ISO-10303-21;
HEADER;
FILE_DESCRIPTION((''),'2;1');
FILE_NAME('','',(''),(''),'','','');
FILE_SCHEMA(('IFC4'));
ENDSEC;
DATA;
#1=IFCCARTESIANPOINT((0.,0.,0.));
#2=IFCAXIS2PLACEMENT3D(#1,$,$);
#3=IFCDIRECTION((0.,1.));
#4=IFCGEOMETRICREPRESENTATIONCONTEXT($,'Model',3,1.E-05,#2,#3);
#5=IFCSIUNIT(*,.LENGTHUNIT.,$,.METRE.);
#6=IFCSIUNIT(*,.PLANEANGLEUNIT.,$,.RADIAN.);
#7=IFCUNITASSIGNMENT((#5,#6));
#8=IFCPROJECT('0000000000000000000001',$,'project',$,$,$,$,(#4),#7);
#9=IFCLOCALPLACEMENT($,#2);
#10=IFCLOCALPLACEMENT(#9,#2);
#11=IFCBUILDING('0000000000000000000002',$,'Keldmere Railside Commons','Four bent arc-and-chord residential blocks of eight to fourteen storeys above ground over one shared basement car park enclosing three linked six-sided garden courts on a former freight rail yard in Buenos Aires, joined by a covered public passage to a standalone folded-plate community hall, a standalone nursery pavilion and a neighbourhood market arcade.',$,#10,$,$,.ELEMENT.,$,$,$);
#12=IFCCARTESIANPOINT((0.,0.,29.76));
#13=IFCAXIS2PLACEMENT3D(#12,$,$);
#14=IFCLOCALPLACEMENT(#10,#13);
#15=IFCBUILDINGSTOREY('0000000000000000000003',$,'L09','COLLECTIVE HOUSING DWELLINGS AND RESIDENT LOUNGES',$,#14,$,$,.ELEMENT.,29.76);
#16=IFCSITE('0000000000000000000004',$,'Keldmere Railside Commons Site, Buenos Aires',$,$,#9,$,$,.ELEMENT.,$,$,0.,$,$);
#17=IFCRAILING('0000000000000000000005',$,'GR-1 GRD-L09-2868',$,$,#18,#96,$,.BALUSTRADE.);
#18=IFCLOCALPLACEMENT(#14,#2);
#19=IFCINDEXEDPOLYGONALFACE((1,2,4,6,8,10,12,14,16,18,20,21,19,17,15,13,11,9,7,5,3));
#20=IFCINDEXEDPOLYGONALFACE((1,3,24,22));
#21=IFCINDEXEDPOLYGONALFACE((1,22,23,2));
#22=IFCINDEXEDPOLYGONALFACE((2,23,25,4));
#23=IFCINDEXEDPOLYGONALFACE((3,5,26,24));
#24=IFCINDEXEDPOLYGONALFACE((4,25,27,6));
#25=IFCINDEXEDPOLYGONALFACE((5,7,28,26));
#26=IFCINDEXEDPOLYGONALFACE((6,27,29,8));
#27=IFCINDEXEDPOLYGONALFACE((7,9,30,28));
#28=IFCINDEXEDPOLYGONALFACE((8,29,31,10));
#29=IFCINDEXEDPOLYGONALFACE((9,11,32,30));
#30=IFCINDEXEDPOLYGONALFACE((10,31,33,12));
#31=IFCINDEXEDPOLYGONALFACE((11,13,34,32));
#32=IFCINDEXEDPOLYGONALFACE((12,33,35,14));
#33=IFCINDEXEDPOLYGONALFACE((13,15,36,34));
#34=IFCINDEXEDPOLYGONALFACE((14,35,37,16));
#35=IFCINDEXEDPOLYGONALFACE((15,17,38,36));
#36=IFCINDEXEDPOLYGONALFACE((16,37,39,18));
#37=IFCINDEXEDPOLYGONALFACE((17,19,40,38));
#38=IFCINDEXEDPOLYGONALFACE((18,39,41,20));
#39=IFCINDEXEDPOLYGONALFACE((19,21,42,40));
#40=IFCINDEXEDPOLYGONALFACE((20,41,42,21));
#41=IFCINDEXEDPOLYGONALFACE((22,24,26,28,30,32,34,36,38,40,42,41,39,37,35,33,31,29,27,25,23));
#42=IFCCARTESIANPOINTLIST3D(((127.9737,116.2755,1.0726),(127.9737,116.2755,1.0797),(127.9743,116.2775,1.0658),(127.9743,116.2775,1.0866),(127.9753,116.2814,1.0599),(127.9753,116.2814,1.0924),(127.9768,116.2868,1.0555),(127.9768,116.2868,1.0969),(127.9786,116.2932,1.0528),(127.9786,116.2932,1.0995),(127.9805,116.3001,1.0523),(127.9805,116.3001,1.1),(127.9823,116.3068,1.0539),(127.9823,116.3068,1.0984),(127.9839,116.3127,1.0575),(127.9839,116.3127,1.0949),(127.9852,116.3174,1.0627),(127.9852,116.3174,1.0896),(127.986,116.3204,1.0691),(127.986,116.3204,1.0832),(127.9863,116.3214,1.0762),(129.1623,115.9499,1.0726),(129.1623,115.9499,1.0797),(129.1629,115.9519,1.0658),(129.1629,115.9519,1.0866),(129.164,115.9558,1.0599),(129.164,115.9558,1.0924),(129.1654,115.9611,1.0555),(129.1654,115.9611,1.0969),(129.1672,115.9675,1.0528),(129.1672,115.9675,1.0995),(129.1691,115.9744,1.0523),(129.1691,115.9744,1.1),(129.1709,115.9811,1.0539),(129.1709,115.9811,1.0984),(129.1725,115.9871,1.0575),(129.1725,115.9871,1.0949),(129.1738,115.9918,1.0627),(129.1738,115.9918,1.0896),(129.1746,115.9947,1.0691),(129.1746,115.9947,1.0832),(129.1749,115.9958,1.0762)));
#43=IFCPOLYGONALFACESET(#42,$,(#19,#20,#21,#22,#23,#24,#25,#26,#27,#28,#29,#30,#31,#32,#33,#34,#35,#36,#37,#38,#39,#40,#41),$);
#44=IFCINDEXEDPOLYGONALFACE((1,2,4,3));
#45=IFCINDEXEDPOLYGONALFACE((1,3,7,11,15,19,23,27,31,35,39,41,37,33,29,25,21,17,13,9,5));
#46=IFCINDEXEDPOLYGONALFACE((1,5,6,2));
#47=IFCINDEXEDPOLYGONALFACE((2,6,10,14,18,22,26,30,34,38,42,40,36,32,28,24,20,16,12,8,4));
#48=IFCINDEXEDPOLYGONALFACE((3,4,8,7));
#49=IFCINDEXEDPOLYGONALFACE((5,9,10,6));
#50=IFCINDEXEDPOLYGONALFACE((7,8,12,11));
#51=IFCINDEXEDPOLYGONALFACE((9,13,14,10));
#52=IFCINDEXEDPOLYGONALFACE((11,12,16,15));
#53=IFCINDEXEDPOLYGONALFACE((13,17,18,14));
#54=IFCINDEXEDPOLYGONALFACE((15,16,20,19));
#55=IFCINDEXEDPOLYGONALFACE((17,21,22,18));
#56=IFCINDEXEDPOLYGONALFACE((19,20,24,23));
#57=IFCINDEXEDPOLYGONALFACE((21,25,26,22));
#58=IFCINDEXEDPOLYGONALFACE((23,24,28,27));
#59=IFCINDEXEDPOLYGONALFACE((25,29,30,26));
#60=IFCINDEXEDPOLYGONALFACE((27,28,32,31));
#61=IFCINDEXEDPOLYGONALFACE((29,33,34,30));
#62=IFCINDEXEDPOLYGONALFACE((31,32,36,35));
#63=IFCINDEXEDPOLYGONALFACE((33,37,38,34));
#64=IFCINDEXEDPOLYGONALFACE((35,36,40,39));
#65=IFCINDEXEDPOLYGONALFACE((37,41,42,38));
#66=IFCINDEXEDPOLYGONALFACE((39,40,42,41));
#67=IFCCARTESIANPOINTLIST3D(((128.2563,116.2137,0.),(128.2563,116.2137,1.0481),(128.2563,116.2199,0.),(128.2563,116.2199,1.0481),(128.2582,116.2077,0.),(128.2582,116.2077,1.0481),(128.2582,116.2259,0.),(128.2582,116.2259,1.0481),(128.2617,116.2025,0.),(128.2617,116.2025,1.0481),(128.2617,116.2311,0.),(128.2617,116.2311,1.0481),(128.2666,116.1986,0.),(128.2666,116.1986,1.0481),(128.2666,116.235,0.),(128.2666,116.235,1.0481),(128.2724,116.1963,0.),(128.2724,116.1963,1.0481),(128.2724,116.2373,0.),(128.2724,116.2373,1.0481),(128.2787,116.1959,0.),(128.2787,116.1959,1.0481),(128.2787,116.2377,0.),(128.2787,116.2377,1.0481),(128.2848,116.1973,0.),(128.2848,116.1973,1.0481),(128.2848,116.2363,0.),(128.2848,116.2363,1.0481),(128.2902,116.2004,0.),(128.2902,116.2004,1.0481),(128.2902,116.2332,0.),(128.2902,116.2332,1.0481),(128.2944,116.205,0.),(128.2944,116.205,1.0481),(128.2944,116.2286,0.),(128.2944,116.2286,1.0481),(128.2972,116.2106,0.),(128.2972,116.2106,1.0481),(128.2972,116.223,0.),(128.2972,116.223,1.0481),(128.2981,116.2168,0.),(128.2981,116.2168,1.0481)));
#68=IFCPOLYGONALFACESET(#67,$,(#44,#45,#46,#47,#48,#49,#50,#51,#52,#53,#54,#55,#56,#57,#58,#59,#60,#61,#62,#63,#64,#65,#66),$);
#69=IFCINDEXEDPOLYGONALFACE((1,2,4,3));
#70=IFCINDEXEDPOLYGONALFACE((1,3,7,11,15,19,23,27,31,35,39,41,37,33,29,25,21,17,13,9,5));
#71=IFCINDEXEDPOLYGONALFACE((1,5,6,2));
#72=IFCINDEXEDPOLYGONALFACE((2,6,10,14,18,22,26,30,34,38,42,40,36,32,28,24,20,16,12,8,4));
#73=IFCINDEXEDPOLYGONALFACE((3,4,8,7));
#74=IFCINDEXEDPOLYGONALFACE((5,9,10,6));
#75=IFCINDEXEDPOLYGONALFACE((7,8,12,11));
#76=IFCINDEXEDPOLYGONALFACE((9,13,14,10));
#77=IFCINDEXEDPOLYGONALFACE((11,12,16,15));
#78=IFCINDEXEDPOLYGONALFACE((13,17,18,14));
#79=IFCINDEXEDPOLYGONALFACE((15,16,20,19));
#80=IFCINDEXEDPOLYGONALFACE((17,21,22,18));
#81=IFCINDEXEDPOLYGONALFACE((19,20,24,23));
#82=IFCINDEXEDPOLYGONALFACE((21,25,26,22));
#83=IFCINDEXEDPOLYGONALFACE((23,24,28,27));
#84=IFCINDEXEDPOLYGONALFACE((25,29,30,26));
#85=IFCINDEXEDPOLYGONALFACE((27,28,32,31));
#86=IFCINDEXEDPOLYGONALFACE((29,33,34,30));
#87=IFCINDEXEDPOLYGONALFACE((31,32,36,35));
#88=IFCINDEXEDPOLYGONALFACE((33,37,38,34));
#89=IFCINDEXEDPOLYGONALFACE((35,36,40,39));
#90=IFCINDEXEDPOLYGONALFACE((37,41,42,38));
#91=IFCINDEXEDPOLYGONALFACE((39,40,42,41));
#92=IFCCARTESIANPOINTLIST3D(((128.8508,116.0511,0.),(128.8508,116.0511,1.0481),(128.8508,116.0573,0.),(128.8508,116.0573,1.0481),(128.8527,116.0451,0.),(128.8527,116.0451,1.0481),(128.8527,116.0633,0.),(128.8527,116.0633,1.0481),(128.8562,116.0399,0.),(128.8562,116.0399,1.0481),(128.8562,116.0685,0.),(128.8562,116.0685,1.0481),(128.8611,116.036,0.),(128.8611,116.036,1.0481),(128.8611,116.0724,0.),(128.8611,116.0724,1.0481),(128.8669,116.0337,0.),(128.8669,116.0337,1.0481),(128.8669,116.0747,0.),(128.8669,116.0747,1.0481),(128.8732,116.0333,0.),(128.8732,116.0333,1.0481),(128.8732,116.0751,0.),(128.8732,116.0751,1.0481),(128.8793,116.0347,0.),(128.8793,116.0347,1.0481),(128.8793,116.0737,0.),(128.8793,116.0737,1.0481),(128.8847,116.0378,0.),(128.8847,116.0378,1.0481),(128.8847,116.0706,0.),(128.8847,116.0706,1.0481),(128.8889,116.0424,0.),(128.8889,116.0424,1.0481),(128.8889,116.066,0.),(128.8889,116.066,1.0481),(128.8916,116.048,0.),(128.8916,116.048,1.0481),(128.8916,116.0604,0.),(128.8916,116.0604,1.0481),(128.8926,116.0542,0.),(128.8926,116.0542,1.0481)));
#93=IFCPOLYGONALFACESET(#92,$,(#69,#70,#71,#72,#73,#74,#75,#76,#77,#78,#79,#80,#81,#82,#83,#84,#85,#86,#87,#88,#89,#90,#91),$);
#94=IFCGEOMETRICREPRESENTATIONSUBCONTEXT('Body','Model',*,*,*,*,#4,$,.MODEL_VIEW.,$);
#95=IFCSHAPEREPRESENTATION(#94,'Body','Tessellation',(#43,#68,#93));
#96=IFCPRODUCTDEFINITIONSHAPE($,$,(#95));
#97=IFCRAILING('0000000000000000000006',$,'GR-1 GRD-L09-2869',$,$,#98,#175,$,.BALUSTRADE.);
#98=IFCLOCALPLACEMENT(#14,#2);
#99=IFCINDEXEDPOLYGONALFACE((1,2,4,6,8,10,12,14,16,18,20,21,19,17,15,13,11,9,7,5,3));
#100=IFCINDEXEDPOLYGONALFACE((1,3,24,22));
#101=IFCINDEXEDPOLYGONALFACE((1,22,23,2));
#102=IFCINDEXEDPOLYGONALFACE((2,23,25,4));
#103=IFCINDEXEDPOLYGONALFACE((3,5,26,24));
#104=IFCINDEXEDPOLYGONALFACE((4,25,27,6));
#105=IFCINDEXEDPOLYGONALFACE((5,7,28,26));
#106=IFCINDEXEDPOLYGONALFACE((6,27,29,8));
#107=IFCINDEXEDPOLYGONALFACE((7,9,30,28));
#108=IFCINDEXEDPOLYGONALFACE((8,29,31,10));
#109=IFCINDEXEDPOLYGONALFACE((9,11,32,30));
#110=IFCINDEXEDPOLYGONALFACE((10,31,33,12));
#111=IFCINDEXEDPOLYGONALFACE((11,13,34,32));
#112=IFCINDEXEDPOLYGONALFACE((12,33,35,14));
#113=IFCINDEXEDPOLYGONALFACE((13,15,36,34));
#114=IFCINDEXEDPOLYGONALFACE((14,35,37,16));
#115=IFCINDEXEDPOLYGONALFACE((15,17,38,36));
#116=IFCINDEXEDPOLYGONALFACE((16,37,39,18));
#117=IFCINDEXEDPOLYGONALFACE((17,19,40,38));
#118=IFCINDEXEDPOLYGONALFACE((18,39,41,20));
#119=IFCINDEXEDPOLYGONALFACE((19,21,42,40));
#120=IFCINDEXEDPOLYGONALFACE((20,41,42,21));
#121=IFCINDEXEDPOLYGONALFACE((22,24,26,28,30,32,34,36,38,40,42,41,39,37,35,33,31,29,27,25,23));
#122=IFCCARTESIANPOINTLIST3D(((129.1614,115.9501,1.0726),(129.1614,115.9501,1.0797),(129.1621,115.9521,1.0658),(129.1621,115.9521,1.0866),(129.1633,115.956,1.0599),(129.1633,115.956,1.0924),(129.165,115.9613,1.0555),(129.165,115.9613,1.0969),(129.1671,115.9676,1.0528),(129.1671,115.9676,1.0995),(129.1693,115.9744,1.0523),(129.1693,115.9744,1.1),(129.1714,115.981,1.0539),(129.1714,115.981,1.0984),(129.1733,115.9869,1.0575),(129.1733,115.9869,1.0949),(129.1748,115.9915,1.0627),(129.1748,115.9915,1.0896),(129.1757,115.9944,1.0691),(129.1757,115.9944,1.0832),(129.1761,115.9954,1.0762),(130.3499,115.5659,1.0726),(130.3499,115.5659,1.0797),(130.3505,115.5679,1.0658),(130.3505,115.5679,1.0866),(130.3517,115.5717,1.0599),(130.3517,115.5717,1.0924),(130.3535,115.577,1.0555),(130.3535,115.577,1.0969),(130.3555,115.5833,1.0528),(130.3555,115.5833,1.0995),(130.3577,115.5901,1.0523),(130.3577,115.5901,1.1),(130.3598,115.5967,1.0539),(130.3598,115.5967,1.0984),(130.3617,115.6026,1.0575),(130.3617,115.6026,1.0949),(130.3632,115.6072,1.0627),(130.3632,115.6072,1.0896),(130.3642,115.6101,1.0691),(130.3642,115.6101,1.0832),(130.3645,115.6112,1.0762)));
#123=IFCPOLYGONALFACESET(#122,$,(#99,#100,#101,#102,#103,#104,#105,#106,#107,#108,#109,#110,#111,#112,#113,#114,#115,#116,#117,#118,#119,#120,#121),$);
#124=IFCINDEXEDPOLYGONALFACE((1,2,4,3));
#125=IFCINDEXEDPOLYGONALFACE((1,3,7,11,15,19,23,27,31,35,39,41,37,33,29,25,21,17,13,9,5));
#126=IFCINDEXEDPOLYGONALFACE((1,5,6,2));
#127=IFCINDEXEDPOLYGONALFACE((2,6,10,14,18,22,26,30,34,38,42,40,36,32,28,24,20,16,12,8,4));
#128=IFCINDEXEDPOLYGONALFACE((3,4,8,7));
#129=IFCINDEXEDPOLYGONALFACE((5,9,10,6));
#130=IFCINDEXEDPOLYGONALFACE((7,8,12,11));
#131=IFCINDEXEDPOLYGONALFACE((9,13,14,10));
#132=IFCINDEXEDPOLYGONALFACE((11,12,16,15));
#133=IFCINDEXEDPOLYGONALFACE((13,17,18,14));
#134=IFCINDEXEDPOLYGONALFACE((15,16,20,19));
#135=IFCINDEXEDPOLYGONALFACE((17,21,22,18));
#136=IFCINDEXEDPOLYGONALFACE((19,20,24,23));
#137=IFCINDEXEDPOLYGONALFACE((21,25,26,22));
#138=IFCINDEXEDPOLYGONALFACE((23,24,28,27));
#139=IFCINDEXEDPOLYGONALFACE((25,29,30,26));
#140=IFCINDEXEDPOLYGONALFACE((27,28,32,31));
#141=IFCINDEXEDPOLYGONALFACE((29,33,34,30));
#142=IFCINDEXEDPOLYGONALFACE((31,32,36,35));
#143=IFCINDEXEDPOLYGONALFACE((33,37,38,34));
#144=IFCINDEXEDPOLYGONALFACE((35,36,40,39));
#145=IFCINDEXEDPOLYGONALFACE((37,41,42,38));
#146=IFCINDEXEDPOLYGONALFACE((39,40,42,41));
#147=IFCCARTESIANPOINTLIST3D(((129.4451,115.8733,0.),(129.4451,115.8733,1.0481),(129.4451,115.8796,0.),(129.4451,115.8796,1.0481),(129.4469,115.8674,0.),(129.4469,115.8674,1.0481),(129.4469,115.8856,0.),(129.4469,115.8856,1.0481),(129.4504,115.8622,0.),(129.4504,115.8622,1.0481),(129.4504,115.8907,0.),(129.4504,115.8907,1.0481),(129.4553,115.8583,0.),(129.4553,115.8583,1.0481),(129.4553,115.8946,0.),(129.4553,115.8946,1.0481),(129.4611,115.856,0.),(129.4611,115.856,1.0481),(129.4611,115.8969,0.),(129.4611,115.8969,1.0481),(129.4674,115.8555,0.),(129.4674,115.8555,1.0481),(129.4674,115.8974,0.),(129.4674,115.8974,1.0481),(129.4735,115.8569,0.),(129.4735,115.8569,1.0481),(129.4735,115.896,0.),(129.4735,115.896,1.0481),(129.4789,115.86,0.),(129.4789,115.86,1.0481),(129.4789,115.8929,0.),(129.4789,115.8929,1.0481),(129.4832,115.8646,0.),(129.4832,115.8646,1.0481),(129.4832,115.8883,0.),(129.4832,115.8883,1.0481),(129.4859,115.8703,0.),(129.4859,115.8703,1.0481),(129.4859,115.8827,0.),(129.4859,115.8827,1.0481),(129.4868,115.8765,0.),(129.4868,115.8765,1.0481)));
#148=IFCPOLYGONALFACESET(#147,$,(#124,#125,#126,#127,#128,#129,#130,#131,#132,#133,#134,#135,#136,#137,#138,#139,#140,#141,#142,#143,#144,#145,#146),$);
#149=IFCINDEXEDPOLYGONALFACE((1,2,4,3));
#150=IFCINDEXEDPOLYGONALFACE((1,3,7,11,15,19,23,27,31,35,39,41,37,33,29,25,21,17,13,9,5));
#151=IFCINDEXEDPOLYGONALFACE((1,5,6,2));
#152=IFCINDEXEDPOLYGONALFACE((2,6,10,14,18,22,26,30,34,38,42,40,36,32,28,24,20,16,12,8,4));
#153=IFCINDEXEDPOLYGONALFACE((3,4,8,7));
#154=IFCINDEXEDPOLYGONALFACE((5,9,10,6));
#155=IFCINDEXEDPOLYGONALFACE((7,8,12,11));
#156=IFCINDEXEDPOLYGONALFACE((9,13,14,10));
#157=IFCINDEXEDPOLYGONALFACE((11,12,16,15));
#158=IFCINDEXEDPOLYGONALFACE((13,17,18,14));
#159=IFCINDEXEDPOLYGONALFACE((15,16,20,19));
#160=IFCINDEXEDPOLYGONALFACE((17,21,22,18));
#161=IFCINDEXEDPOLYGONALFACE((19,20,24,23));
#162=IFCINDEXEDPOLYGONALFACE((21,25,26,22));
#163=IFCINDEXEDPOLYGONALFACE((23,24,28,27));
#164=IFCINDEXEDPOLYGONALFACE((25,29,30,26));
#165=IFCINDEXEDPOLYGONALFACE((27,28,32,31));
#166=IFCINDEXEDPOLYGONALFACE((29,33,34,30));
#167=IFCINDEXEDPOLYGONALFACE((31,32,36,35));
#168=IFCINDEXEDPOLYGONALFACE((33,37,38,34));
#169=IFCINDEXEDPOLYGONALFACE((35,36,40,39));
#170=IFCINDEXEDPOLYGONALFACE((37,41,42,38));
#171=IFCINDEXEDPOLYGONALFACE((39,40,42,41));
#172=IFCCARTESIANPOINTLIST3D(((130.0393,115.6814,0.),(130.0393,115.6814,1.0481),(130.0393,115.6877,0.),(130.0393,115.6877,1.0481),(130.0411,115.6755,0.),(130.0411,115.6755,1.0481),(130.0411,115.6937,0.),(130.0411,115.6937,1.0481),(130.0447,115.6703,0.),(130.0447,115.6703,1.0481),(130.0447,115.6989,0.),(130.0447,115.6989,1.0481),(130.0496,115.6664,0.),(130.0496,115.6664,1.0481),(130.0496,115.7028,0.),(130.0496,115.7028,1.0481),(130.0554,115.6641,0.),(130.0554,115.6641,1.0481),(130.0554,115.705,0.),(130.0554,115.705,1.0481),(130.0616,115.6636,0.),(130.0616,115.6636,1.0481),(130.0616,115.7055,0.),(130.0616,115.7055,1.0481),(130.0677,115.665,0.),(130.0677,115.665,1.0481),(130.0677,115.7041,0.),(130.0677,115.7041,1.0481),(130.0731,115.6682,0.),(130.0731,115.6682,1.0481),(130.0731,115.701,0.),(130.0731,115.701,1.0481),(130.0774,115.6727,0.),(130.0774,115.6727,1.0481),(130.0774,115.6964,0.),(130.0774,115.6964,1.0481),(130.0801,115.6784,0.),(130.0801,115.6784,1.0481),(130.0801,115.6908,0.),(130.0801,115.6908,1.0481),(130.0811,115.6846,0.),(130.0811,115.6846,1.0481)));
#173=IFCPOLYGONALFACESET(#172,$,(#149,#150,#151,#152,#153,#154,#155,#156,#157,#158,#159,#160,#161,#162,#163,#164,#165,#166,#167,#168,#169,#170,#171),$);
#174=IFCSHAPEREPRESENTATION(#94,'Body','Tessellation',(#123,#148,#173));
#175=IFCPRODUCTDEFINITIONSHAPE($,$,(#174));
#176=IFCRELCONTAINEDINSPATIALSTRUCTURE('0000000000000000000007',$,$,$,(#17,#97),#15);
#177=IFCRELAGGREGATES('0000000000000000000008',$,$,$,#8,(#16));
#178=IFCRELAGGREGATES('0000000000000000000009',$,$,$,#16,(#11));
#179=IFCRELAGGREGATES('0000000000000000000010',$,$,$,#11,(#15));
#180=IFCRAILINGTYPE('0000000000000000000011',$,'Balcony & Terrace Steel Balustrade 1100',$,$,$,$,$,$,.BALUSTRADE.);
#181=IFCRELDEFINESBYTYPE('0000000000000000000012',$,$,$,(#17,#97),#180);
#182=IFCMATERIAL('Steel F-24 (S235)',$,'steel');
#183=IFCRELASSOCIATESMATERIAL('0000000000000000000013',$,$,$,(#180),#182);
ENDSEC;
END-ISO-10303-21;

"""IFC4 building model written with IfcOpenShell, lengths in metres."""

from ifc_helpers import new_model, si_unit, direction, frame, origin, origin_2d, place, context, subcontext, project, spatial, circle, extrude, material, type_object, element, save


model = new_model("IFC4")

# Units and contexts
model_context = context("Model", 3, precision=1e-05, world=origin(), true_north=direction((0.0, 1.0)))
body_context = subcontext(model_context, "Body", "Model", "MODEL_VIEW")
ifc_project = project(units=[si_unit("LENGTHUNIT", "METRE"), si_unit("PLANEANGLEUNIT", "RADIAN")], contexts=[model_context])

# Site, building, storey
site_placement = place(None, origin())
site = spatial("IfcSite", under=ifc_project, at=site_placement, Name="Keldmere Railside Commons Site, Buenos Aires", CompositionType="ELEMENT", RefElevation=0.0)
building_placement = place(site_placement, origin())
building = spatial("IfcBuilding", under=site, at=building_placement, Name="Keldmere Railside Commons", Description="Four bent arc-and-chord residential blocks of eight to fourteen storeys above ground over one shared basement car park enclosing three linked six-sided garden courts on a former freight rail yard in Buenos Aires, joined by a covered public passage to a standalone folded-plate community hall, a standalone nursery pavilion and a neighbourhood market arcade.", CompositionType="ELEMENT")
storey_placement = place(building_placement, frame((0.0, 0.0, 29.76)))
storey = spatial("IfcBuildingStorey", under=building, at=storey_placement, Name="L09", Description="COLLECTIVE HOUSING DWELLINGS AND RESIDENT LOUNGES", CompositionType="ELEMENT", Elevation=29.76)

# Shared definitions
ifc_material_1 = material(Name="Steel F-24 (S235)", Category="steel")

# Railings
railing_type = type_object("IfcRailingType", Name="Balcony & Terrace Steel Balustrade 1100", PredefinedType="BALUSTRADE", material=ifc_material_1)
railing_1_placement = place(storey_placement, frame((127.98, 116.2983, 0.0)))
element("IfcRailing", 1, at=railing_1_placement, inside=storey, type_object=railing_type, Name="GR-1 GRD-L09-2868", PredefinedType="BALUSTRADE", context=body_context, shape_type="SweptSolid", body=[
    extrude(circle(Radius=0.0239, at=origin_2d()), frame((0.0, 0.0, 1.0762), z_axis=(0.964457, -0.26424, 0.0), x_axis=(0.26424, 0.964457, 0.0)), (0.0, 0.0, 1.0), 1.2324),
    extrude(circle(Radius=0.021, at=origin_2d()), frame((0.2971, -0.0815, 0.0)), (0.0, 0.0, 1.0), 1.0481),
    extrude(circle(Radius=0.021, at=origin_2d()), frame((0.8916, -0.2441, 0.0)), (0.0, 0.0, 1.0), 1.0481),
])
railing_2_placement = place(storey_placement, frame((129.1687, 115.9727, 0.0)))
element("IfcRailing", 2, at=railing_2_placement, inside=storey, type_object=railing_type, Name="GR-1 GRD-L09-2869", PredefinedType="BALUSTRADE", context=body_context, shape_type="SweptSolid", body=[
    extrude(circle(Radius=0.0239, at=origin_2d()), frame((0.0, 0.0, 1.0762), z_axis=(0.951498, -0.307654, 0.0), x_axis=(0.307654, 0.951498, 0.0)), (0.0, 0.0, 1.0), 1.249),
    extrude(circle(Radius=0.021, at=origin_2d()), frame((0.2971, -0.0962, 0.0)), (0.0, 0.0, 1.0), 1.0481),
    extrude(circle(Radius=0.021, at=origin_2d()), frame((0.8914, -0.2881, 0.0)), (0.0, 0.0, 1.0), 1.0481),
])

save(model, "model.ifc")
